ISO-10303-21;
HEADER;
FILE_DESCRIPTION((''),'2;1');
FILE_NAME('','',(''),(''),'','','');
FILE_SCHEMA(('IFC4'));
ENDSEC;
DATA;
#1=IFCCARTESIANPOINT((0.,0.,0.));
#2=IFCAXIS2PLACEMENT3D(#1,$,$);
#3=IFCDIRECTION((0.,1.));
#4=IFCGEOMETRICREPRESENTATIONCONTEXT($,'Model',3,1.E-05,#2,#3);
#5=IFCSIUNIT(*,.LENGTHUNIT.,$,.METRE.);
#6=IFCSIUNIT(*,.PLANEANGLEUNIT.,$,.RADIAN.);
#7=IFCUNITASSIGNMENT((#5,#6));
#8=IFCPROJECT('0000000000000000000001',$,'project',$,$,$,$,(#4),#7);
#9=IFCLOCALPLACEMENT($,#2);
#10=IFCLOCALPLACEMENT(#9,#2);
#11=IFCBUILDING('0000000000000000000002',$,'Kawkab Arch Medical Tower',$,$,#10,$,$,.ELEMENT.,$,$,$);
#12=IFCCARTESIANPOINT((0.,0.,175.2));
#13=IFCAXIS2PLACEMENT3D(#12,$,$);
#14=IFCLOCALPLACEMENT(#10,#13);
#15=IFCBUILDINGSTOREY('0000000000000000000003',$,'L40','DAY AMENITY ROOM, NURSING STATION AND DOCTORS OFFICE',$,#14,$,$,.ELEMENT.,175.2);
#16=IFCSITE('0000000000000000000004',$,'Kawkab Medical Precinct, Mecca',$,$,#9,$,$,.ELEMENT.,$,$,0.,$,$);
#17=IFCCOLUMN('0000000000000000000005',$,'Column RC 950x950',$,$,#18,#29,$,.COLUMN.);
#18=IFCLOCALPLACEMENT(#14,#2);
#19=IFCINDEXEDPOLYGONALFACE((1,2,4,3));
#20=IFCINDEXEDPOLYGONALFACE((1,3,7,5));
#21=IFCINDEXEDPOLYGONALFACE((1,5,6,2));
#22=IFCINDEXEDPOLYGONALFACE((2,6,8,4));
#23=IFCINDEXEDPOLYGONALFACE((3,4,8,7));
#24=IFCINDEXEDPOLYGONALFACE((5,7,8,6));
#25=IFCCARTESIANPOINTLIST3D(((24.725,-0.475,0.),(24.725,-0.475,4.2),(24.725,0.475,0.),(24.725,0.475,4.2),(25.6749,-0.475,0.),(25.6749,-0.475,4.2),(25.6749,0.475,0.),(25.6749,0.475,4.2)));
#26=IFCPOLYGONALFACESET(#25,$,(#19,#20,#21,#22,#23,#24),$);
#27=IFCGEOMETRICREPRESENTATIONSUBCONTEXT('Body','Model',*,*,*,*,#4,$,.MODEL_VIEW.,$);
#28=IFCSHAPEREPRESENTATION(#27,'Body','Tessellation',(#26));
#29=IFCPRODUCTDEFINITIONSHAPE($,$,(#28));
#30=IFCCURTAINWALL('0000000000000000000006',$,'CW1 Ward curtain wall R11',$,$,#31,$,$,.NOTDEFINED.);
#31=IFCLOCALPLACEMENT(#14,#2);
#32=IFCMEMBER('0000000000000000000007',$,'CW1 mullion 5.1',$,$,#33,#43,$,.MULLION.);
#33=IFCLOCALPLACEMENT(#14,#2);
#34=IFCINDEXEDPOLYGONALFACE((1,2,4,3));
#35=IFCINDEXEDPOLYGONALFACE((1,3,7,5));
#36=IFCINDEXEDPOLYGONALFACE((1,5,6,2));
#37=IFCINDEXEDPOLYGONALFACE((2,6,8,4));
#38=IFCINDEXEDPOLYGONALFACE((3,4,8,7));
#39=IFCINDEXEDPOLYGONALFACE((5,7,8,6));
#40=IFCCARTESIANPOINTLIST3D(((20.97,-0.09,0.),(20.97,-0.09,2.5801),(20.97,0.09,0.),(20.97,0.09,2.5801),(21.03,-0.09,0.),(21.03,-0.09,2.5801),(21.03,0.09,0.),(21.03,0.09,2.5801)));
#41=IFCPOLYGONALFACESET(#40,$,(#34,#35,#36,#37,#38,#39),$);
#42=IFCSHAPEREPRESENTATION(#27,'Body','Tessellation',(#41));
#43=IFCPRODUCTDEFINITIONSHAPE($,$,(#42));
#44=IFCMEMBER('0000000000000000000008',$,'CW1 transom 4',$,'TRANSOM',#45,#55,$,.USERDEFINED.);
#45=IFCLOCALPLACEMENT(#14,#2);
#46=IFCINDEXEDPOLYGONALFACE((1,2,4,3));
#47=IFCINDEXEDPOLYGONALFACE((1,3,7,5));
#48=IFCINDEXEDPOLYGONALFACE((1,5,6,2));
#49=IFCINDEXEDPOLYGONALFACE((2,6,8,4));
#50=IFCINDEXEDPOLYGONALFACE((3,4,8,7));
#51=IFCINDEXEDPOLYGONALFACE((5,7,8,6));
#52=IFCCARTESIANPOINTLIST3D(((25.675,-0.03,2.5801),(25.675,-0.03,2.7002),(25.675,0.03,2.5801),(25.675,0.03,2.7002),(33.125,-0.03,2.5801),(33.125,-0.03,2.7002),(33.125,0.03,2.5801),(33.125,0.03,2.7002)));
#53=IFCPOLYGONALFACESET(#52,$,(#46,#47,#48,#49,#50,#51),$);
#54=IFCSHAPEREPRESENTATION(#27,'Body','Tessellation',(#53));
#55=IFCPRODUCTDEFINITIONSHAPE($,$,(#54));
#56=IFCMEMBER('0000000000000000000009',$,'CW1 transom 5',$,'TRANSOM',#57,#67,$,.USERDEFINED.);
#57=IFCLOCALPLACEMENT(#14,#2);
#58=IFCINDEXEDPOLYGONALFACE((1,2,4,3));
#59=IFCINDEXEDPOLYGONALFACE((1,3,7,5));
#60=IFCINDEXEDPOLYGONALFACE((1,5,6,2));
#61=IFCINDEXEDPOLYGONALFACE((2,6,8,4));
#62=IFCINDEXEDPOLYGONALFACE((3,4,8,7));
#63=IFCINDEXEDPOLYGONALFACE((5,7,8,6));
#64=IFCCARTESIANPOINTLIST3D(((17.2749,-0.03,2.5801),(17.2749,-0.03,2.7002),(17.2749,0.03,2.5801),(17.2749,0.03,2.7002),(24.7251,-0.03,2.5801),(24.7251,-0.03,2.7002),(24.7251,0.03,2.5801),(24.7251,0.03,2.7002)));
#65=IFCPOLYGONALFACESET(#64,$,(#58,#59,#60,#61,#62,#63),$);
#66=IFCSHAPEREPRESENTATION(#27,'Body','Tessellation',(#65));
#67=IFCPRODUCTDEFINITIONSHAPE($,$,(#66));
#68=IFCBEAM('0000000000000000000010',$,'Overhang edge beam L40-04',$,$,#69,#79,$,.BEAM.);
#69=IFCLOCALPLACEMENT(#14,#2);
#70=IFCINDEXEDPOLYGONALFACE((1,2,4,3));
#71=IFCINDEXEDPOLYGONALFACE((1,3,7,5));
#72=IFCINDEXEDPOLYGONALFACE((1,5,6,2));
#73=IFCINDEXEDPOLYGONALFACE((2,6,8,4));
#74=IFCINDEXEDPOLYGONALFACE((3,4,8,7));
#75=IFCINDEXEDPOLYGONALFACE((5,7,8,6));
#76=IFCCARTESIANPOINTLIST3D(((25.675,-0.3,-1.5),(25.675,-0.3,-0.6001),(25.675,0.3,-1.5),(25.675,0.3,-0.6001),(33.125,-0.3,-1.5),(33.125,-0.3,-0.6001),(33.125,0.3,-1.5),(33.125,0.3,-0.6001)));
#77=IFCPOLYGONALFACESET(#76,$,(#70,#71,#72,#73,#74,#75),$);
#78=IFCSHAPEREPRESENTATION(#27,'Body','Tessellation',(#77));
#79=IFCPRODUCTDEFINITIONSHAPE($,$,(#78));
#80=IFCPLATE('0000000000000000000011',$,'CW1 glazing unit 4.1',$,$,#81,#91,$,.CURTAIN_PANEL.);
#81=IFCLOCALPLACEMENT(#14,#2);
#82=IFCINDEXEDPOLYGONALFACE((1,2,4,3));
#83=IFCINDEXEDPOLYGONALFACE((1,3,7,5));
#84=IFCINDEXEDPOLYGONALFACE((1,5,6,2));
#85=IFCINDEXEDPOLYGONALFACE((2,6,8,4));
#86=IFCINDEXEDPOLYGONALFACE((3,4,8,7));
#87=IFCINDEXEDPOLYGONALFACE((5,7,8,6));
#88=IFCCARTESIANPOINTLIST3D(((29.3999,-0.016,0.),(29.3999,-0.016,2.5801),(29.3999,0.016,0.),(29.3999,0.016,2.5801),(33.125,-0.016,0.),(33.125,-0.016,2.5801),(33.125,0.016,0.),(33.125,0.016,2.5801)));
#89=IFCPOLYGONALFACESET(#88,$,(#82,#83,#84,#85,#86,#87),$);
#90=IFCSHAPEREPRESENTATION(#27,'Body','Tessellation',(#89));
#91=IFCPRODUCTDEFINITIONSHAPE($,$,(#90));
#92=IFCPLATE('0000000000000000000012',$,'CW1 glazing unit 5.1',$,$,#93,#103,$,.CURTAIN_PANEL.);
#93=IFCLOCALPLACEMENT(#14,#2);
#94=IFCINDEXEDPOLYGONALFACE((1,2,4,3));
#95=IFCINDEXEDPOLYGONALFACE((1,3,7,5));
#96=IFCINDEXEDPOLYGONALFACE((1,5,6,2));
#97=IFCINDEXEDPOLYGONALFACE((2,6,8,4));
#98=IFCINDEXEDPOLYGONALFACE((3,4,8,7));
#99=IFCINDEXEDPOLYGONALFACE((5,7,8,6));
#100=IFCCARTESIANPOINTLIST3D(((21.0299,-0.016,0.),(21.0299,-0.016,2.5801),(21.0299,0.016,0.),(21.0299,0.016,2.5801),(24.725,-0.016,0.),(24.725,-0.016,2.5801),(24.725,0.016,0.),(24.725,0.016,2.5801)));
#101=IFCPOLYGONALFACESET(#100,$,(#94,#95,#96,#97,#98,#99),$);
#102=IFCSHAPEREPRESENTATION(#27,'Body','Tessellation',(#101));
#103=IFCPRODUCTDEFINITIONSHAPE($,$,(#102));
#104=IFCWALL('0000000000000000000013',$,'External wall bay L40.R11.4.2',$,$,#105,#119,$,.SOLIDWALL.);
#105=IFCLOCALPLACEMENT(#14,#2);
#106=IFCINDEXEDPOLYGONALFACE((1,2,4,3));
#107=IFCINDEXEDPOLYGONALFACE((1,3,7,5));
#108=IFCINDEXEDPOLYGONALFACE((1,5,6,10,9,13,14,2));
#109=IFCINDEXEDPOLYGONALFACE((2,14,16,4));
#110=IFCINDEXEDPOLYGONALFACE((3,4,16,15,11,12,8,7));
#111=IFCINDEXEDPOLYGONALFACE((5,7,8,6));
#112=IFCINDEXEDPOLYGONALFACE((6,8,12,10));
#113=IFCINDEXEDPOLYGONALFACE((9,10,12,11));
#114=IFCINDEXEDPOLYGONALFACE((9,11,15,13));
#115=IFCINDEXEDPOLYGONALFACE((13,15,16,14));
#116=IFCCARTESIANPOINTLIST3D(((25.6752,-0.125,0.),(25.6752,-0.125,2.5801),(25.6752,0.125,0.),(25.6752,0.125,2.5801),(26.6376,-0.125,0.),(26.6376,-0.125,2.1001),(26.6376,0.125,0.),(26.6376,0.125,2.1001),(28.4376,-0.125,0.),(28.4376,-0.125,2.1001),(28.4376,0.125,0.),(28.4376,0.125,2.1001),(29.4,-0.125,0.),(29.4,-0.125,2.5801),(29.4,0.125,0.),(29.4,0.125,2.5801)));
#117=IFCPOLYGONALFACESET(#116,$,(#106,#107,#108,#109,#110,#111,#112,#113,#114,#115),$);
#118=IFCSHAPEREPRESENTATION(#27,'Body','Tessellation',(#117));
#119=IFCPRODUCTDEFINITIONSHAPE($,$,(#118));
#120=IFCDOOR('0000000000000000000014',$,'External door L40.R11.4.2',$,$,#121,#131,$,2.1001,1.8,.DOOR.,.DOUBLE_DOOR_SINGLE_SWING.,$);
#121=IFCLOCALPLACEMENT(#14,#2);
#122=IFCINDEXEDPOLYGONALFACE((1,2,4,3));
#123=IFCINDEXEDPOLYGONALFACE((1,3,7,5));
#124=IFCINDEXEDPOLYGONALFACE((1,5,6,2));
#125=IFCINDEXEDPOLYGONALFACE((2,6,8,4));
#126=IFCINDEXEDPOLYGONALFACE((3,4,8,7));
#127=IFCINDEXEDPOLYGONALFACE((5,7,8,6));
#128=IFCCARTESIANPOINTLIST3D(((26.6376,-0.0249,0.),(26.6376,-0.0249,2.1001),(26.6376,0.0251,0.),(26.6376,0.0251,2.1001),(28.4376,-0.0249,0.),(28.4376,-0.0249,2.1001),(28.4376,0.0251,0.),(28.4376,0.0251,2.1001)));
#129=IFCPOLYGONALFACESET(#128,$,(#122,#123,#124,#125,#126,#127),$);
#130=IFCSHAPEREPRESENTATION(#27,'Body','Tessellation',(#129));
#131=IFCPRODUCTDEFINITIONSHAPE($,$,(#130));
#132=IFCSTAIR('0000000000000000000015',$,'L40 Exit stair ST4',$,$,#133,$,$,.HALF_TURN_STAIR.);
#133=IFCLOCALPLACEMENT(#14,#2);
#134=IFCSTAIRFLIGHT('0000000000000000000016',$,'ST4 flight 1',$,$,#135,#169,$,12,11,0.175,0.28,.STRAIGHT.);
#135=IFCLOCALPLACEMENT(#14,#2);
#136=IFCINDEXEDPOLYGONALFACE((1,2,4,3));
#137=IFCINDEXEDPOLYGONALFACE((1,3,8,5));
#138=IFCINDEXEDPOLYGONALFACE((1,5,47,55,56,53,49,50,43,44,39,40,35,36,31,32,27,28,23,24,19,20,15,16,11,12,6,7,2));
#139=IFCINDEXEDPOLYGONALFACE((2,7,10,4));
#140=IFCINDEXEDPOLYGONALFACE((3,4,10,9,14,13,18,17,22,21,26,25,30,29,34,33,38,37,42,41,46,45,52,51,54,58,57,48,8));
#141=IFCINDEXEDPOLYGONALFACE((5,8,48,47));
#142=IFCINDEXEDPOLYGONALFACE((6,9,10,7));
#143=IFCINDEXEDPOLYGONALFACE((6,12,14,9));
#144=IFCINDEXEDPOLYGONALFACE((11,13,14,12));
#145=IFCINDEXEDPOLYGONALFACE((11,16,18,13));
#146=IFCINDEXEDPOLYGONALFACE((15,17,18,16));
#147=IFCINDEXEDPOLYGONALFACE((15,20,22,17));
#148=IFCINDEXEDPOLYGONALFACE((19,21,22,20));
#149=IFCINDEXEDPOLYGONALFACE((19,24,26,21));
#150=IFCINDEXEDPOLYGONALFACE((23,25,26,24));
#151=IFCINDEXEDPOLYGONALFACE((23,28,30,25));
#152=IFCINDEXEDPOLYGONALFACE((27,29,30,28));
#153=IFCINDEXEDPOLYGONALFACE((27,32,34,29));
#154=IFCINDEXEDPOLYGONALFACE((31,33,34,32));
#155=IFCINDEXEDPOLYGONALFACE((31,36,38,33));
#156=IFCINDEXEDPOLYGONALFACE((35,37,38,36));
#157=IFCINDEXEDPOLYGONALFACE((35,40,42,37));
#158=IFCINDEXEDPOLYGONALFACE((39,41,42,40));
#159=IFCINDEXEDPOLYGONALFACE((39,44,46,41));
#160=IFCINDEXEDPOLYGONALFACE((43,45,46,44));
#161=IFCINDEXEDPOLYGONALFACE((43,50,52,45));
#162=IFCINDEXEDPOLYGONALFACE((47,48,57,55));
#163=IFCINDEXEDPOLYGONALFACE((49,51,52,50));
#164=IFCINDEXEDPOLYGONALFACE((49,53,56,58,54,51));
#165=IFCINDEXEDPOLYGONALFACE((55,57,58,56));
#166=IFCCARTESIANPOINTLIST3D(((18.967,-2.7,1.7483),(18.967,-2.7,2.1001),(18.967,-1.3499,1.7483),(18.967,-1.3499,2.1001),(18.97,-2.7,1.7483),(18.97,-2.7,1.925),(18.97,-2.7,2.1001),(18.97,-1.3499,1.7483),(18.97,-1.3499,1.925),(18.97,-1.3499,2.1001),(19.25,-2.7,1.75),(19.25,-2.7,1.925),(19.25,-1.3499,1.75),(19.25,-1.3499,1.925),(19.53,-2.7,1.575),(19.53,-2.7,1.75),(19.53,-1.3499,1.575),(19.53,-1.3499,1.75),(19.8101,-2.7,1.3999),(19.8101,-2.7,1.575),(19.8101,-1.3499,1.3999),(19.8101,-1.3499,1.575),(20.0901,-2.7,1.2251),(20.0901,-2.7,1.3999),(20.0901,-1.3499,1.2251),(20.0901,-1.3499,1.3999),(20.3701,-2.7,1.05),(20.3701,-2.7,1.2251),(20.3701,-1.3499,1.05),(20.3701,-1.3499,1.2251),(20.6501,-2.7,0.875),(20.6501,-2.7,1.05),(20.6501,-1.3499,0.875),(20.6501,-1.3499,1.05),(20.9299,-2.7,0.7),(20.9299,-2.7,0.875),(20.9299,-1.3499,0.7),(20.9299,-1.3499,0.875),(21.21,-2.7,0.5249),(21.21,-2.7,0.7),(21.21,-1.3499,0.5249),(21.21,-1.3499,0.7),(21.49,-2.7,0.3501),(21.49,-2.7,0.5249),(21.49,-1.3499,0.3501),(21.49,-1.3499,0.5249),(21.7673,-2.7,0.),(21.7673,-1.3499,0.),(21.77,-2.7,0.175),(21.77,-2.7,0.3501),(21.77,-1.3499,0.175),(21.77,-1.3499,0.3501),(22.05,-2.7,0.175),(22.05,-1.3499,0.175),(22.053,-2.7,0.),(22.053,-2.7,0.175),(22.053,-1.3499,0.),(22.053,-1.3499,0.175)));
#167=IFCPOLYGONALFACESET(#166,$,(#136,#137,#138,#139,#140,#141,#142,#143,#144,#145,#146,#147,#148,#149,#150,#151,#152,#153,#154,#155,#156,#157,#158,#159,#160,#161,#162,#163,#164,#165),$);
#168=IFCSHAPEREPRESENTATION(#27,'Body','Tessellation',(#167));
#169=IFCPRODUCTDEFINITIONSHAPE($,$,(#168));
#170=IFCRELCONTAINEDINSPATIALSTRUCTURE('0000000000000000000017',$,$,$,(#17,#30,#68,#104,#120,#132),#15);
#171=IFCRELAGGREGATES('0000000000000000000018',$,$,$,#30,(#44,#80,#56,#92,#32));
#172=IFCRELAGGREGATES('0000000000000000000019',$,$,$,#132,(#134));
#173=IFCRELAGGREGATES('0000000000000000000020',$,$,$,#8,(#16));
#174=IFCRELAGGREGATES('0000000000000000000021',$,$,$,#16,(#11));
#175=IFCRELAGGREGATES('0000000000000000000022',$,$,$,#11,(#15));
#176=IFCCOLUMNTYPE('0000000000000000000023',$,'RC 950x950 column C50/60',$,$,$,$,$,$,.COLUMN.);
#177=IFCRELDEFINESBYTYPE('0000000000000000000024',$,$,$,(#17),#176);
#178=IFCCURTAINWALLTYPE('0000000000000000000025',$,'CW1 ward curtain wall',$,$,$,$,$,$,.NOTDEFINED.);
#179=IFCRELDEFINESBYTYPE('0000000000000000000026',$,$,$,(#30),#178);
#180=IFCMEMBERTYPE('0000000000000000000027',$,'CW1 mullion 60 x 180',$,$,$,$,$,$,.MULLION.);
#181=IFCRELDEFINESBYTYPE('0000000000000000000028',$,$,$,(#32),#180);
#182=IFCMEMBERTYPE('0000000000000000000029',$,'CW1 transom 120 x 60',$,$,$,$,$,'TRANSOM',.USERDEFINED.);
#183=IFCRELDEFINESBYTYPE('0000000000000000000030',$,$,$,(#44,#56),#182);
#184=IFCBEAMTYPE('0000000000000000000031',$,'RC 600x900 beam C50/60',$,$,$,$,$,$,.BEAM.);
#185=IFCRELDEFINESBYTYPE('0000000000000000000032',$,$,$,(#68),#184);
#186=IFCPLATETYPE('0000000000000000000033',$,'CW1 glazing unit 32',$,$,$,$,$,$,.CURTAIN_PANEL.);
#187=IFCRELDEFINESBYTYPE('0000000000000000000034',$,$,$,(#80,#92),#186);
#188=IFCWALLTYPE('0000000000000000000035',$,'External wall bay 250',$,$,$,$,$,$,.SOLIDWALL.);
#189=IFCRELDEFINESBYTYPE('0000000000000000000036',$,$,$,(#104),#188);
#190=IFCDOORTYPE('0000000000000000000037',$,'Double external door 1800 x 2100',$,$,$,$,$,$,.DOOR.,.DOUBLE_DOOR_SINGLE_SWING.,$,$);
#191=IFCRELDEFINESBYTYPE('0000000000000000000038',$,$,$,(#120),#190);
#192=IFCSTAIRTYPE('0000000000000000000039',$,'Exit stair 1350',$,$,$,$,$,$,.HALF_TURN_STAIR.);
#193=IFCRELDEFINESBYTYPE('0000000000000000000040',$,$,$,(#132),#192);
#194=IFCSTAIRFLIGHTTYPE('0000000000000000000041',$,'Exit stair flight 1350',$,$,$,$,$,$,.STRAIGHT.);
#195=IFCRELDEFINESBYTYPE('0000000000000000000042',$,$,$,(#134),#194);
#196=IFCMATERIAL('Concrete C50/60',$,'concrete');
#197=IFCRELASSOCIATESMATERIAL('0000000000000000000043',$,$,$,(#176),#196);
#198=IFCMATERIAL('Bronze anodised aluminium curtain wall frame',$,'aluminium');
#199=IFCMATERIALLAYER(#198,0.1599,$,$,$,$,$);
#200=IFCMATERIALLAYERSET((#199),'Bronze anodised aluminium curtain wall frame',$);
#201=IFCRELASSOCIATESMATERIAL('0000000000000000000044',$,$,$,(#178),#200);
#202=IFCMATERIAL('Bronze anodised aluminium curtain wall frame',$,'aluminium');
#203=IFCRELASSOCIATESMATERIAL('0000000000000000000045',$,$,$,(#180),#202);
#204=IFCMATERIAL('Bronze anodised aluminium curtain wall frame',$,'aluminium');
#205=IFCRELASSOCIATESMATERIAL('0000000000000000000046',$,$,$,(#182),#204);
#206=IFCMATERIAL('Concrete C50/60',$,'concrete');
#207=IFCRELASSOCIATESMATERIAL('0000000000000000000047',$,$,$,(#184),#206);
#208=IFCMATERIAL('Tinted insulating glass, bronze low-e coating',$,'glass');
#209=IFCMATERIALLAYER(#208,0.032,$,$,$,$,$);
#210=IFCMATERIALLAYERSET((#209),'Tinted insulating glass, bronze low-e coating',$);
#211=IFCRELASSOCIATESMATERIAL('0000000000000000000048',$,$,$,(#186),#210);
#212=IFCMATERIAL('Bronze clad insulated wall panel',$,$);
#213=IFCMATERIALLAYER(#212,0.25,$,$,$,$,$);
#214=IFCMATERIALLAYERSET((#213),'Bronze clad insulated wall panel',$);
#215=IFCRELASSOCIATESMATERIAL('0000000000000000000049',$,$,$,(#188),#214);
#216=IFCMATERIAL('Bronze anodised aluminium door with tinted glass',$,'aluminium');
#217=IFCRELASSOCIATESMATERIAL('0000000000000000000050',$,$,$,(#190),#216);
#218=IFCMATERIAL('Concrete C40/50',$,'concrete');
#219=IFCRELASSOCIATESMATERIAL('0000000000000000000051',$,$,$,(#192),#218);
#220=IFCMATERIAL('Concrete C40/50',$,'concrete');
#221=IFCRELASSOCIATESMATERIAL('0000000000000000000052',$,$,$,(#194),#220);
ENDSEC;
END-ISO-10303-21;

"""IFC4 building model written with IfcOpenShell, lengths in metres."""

from ifc_helpers import new_model, si_unit, direction, frame, frame_2d, origin, origin_2d, place, context, subcontext, project, spatial, polyline, rectangle, outline, extrude, material, layer, layer_set, material_profile, profile_set, type_object, element, fill, aggregate, save


model = new_model("IFC4")

# Units and contexts
model_context = context("Model", 3, precision=1e-05, world=origin(), true_north=direction((0.0, 1.0)))
body_context = subcontext(model_context, "Body", "Model", "MODEL_VIEW")
ifc_project = project(units=[si_unit("LENGTHUNIT", "METRE"), si_unit("PLANEANGLEUNIT", "RADIAN")], contexts=[model_context])

# Site, building, storey
site_placement = place(None, origin())
site = spatial("IfcSite", under=ifc_project, at=site_placement, Name="Kawkab Medical Precinct, Mecca", CompositionType="ELEMENT", RefElevation=0.0)
building_placement = place(site_placement, origin())
building = spatial("IfcBuilding", under=site, at=building_placement, Name="Kawkab Arch Medical Tower", CompositionType="ELEMENT")
storey_placement = place(building_placement, frame((0.0, 0.0, 175.2)))
storey = spatial("IfcBuildingStorey", under=building, at=storey_placement, Name="L40", Description="DAY AMENITY ROOM, NURSING STATION AND DOCTORS OFFICE", CompositionType="ELEMENT", Elevation=175.2)

# Column
ifc_material_1 = material(Name="Concrete C50/60", Category="concrete")
ifc_material_profile_1 = material_profile(ifc_material_1, rectangle(XDim=0.95, YDim=0.95, at=origin_2d()), Name="RC 950x950")
ifc_profile_set_1 = profile_set([ifc_material_profile_1], Name="Concrete C50/60")
column_type = type_object("IfcColumnType", Name="RC 950x950 column C50/60", PredefinedType="COLUMN", material=ifc_profile_set_1)
column_placement = place(storey_placement, frame((25.2, 0.0, 0.0), z_axis=(0.0, 0.0, 1.0), x_axis=(1.0, 0.0, 0.0)))
element("IfcColumn", 1, at=column_placement, inside=storey, type_object=column_type, Name="Column RC 950x950", PredefinedType="COLUMN", context=body_context, shape_type="SweptSolid", body=[
    extrude(rectangle(XDim=0.95, YDim=0.95, at=origin_2d()), origin(), (0.0, 0.0, 1.0), 4.2),
])

# Curtain wall, members
ifc_material_2 = material(Name="Bronze anodised aluminium curtain wall frame", Category="aluminium")
ifc_layer_1 = layer(ifc_material_2, 0.1599)
ifc_layer_set_1 = layer_set([ifc_layer_1], Name="Bronze anodised aluminium curtain wall frame")
curtain_wall_type = type_object("IfcCurtainWallType", Name="CW1 ward curtain wall", PredefinedType="NOTDEFINED", material=ifc_layer_set_1)
placement = place(storey_placement, origin())
curtain_wall = element("IfcCurtainWall", 2, at=placement, inside=storey, type_object=curtain_wall_type, Name="CW1 Ward curtain wall R11", PredefinedType="NOTDEFINED")
ifc_material_3 = material(Name="Bronze anodised aluminium curtain wall frame", Category="aluminium")
ifc_material_profile_2 = material_profile(ifc_material_3, rectangle(XDim=0.1799, YDim=0.0601, at=origin_2d()), Name="AL 60x180")
ifc_profile_set_2 = profile_set([ifc_material_profile_2], Name="Bronze anodised aluminium curtain wall frame")
member_type_1 = type_object("IfcMemberType", Name="CW1 mullion 60 x 180", PredefinedType="MULLION", material=ifc_profile_set_2)
member_1_placement = place(storey_placement, frame((21.0, 0.0, 0.0), z_axis=(0.0, 0.0, 1.0), x_axis=(0.0, -1.0, 0.0)))
member_1 = element("IfcMember", 3, at=member_1_placement, type_object=member_type_1, Name="CW1 mullion 5.1", PredefinedType="MULLION", context=body_context, shape_type="SweptSolid", body=[
    extrude(rectangle(XDim=0.1799, YDim=0.0601, at=origin_2d()), origin(), (0.0, 0.0, 1.0), 2.5801),
])
ifc_material_4 = material(Name="Bronze anodised aluminium curtain wall frame", Category="aluminium")
ifc_material_profile_3 = material_profile(ifc_material_4, rectangle(XDim=0.0601, YDim=0.1201, at=origin_2d()), Name="AL 60x120")
ifc_profile_set_3 = profile_set([ifc_material_profile_3], Name="Bronze anodised aluminium curtain wall frame")
member_type_2 = type_object("IfcMemberType", Name="CW1 transom 120 x 60", ElementType="TRANSOM", PredefinedType="USERDEFINED", material=ifc_profile_set_3)
member_2_placement = place(storey_placement, frame((33.125, 0.0, 2.6401), z_axis=(-1.0, 0.0, 0.0), x_axis=(0.0, -1.0, 0.0)))
member_2 = element("IfcMember", 4, at=member_2_placement, type_object=member_type_2, Name="CW1 transom 4", ObjectType="TRANSOM", PredefinedType="USERDEFINED", context=body_context, shape_type="SweptSolid", body=[
    extrude(rectangle(XDim=0.0601, YDim=0.1201, at=origin_2d()), origin(), (0.0, 0.0, 1.0), 7.45),
])
member_3_placement = place(storey_placement, frame((24.7251, 0.0, 2.6401), z_axis=(-1.0, 0.0, 0.0), x_axis=(0.0, -1.0, 0.0)))
member_3 = element("IfcMember", 5, at=member_3_placement, type_object=member_type_2, Name="CW1 transom 5", ObjectType="TRANSOM", PredefinedType="USERDEFINED", context=body_context, shape_type="SweptSolid", body=[
    extrude(rectangle(XDim=0.0601, YDim=0.1201, at=origin_2d()), origin(), (0.0, 0.0, 1.0), 7.4502),
])

# Beam
ifc_material_5 = material(Name="Concrete C50/60", Category="concrete")
ifc_material_profile_4 = material_profile(ifc_material_5, rectangle(XDim=0.6001, YDim=0.8999, at=origin_2d()), Name="RC 600x900")
ifc_profile_set_4 = profile_set([ifc_material_profile_4], Name="Concrete C50/60")
beam_type = type_object("IfcBeamType", Name="RC 600x900 beam C50/60", PredefinedType="BEAM", material=ifc_profile_set_4)
beam_placement = place(storey_placement, frame((25.675, 0.0, -1.05), z_axis=(1.0, 0.0, 0.0), x_axis=(0.0, 1.0, 0.0)))
element("IfcBeam", 6, at=beam_placement, inside=storey, type_object=beam_type, Name="Overhang edge beam L40-04", PredefinedType="BEAM", context=body_context, shape_type="SweptSolid", body=[
    extrude(rectangle(XDim=0.6001, YDim=0.8999, at=origin_2d()), origin(), (0.0, 0.0, 1.0), 7.45),
])

# Plates
ifc_material_6 = material(Name="Tinted insulating glass, bronze low-e coating", Category="glass")
ifc_layer_2 = layer(ifc_material_6, 0.032)
ifc_layer_set_2 = layer_set([ifc_layer_2], Name="Tinted insulating glass, bronze low-e coating")
plate_type = type_object("IfcPlateType", Name="CW1 glazing unit 32", PredefinedType="CURTAIN_PANEL", material=ifc_layer_set_2)
plate_1_placement = place(storey_placement, frame((31.2625, 0.0, 0.0), z_axis=(0.0, 0.0, 1.0), x_axis=(-1.0, 0.0, 0.0)))
plate_1 = element("IfcPlate", 7, at=plate_1_placement, type_object=plate_type, Name="CW1 glazing unit 4.1", PredefinedType="CURTAIN_PANEL", context=body_context, shape_type="SweptSolid", body=[
    extrude(rectangle(XDim=3.7251, YDim=0.032, at=origin_2d()), origin(), (0.0, 0.0, 1.0), 2.5801),
])
plate_2_placement = place(storey_placement, frame((22.8774, 0.0, 0.0), z_axis=(0.0, 0.0, 1.0), x_axis=(-1.0, 0.0, 0.0)))
plate_2 = element("IfcPlate", 8, at=plate_2_placement, type_object=plate_type, Name="CW1 glazing unit 5.1", PredefinedType="CURTAIN_PANEL", context=body_context, shape_type="SweptSolid", body=[
    extrude(rectangle(XDim=3.6951, YDim=0.032, at=origin_2d()), origin(), (0.0, 0.0, 1.0), 2.5801),
])
aggregate(curtain_wall, [member_2, plate_1, member_3, plate_2, member_1])

# Wall, opening, door
ifc_material_7 = material(Name="Bronze clad insulated wall panel")
ifc_layer_3 = layer(ifc_material_7, 0.25)
ifc_layer_set_3 = layer_set([ifc_layer_3], Name="Bronze clad insulated wall panel")
wall_type = type_object("IfcWallType", Name="External wall bay 250", PredefinedType="SOLIDWALL", material=ifc_layer_set_3)
wall_placement = place(storey_placement, frame((29.3999, 0.0, 0.0), z_axis=(0.0, 0.0, 1.0), x_axis=(-1.0, 0.0, 0.0)))
wall = element("IfcWall", 9, at=wall_placement, inside=storey, type_object=wall_type, Name="External wall bay L40.R11.4.2", PredefinedType="SOLIDWALL", context=body_context, shape_type="SweptSolid", body=[
    extrude(rectangle(XDim=3.7249, YDim=0.25, at=frame_2d((1.8623, 0.0))), origin(), (0.0, 0.0, 1.0), 2.5801),
])
opening_placement = place(wall_placement, frame((0.9624, 0.0, 0.0)))
opening = element("IfcOpeningElement", 10, at=opening_placement, cuts=wall, PredefinedType="OPENING", context=body_context, shape_type="SweptSolid", body=[
    extrude(rectangle(XDim=1.8, YDim=2.1001, at=frame_2d((0.8999, 1.05))), frame((0.0, 0.135, 0.0), z_axis=(0.0, -1.0, 0.0), x_axis=(1.0, 0.0, 0.0)), (0.0, 0.0, 1.0), 0.27),
])
ifc_material_8 = material(Name="Bronze anodised aluminium door with tinted glass", Category="aluminium")
door_type = type_object("IfcDoorType", Name="Double external door 1800 x 2100", OperationType="DOUBLE_DOOR_SINGLE_SWING", PredefinedType="DOOR", material=ifc_material_8)
door_placement = place(opening_placement, origin())
door = element("IfcDoor", 11, at=door_placement, inside=storey, type_object=door_type, Name="External door L40.R11.4.2", OperationType="DOUBLE_DOOR_SINGLE_SWING", OverallHeight=2.1001, OverallWidth=1.8, PredefinedType="DOOR", context=body_context, shape_type="SweptSolid", body=[
    extrude(rectangle(XDim=1.8, YDim=2.1001, at=frame_2d((0.8999, 1.05))), frame((0.0, 0.0249, 0.0), z_axis=(0.0, -1.0, 0.0), x_axis=(1.0, 0.0, 0.0)), (0.0, 0.0, 1.0), 0.05),
])
fill(opening, door)

# Stair, stair flight
ifc_material_9 = material(Name="Concrete C40/50", Category="concrete")
stair_type = type_object("IfcStairType", Name="Exit stair 1350", PredefinedType="HALF_TURN_STAIR", material=ifc_material_9)
stair = element("IfcStair", 12, at=placement, inside=storey, type_object=stair_type, Name="L40 Exit stair ST4", PredefinedType="HALF_TURN_STAIR")
ifc_material_10 = material(Name="Concrete C40/50", Category="concrete")
stair_flight_type = type_object("IfcStairFlightType", Name="Exit stair flight 1350", PredefinedType="STRAIGHT", material=ifc_material_10)
stair_flight_placement = place(storey_placement, frame((22.05, -2.0249, 0.0), z_axis=(0.0, 0.0, 1.0), x_axis=(-1.0, 0.0, 0.0)))
stair_flight = element("IfcStairFlight", 13, at=stair_flight_placement, type_object=stair_flight_type, Name="ST4 flight 1", NumberOfRisers=12, NumberOfTreads=11, PredefinedType="STRAIGHT", RiserHeight=0.175, TreadLength=0.28, context=body_context, shape_type="SweptSolid", body=[
    extrude(outline(polyline([(-0.0029, 0.0), (-0.0029, 0.175), (0.0, 0.175), (0.28, 0.175), (0.28, 0.3501), (0.5601, 0.3501), (0.5601, 0.5249), (0.8401, 0.5249), (0.8401, 0.7), (1.1201, 0.7), (1.1201, 0.875), (1.3999, 0.875), (1.3999, 1.05), (1.6799, 1.05), (1.6799, 1.2251), (1.96, 1.2251), (1.96, 1.3999), (2.24, 1.3999), (2.24, 1.575), (2.52, 1.575), (2.52, 1.75), (2.8, 1.75), (2.8, 1.925), (3.0801, 1.925), (3.0801, 2.1001), (3.083, 2.1001), (3.083, 1.7483), (3.0801, 1.7483), (0.2827, 0.0), (-0.0029, 0.0)])), frame((0.0, 0.675, 0.0), z_axis=(0.0, -1.0, 0.0), x_axis=(1.0, 0.0, 0.0)), (0.0, 0.0, 1.0), 1.3501),
])
aggregate(stair, [stair_flight])

save(model, "model.ifc")
